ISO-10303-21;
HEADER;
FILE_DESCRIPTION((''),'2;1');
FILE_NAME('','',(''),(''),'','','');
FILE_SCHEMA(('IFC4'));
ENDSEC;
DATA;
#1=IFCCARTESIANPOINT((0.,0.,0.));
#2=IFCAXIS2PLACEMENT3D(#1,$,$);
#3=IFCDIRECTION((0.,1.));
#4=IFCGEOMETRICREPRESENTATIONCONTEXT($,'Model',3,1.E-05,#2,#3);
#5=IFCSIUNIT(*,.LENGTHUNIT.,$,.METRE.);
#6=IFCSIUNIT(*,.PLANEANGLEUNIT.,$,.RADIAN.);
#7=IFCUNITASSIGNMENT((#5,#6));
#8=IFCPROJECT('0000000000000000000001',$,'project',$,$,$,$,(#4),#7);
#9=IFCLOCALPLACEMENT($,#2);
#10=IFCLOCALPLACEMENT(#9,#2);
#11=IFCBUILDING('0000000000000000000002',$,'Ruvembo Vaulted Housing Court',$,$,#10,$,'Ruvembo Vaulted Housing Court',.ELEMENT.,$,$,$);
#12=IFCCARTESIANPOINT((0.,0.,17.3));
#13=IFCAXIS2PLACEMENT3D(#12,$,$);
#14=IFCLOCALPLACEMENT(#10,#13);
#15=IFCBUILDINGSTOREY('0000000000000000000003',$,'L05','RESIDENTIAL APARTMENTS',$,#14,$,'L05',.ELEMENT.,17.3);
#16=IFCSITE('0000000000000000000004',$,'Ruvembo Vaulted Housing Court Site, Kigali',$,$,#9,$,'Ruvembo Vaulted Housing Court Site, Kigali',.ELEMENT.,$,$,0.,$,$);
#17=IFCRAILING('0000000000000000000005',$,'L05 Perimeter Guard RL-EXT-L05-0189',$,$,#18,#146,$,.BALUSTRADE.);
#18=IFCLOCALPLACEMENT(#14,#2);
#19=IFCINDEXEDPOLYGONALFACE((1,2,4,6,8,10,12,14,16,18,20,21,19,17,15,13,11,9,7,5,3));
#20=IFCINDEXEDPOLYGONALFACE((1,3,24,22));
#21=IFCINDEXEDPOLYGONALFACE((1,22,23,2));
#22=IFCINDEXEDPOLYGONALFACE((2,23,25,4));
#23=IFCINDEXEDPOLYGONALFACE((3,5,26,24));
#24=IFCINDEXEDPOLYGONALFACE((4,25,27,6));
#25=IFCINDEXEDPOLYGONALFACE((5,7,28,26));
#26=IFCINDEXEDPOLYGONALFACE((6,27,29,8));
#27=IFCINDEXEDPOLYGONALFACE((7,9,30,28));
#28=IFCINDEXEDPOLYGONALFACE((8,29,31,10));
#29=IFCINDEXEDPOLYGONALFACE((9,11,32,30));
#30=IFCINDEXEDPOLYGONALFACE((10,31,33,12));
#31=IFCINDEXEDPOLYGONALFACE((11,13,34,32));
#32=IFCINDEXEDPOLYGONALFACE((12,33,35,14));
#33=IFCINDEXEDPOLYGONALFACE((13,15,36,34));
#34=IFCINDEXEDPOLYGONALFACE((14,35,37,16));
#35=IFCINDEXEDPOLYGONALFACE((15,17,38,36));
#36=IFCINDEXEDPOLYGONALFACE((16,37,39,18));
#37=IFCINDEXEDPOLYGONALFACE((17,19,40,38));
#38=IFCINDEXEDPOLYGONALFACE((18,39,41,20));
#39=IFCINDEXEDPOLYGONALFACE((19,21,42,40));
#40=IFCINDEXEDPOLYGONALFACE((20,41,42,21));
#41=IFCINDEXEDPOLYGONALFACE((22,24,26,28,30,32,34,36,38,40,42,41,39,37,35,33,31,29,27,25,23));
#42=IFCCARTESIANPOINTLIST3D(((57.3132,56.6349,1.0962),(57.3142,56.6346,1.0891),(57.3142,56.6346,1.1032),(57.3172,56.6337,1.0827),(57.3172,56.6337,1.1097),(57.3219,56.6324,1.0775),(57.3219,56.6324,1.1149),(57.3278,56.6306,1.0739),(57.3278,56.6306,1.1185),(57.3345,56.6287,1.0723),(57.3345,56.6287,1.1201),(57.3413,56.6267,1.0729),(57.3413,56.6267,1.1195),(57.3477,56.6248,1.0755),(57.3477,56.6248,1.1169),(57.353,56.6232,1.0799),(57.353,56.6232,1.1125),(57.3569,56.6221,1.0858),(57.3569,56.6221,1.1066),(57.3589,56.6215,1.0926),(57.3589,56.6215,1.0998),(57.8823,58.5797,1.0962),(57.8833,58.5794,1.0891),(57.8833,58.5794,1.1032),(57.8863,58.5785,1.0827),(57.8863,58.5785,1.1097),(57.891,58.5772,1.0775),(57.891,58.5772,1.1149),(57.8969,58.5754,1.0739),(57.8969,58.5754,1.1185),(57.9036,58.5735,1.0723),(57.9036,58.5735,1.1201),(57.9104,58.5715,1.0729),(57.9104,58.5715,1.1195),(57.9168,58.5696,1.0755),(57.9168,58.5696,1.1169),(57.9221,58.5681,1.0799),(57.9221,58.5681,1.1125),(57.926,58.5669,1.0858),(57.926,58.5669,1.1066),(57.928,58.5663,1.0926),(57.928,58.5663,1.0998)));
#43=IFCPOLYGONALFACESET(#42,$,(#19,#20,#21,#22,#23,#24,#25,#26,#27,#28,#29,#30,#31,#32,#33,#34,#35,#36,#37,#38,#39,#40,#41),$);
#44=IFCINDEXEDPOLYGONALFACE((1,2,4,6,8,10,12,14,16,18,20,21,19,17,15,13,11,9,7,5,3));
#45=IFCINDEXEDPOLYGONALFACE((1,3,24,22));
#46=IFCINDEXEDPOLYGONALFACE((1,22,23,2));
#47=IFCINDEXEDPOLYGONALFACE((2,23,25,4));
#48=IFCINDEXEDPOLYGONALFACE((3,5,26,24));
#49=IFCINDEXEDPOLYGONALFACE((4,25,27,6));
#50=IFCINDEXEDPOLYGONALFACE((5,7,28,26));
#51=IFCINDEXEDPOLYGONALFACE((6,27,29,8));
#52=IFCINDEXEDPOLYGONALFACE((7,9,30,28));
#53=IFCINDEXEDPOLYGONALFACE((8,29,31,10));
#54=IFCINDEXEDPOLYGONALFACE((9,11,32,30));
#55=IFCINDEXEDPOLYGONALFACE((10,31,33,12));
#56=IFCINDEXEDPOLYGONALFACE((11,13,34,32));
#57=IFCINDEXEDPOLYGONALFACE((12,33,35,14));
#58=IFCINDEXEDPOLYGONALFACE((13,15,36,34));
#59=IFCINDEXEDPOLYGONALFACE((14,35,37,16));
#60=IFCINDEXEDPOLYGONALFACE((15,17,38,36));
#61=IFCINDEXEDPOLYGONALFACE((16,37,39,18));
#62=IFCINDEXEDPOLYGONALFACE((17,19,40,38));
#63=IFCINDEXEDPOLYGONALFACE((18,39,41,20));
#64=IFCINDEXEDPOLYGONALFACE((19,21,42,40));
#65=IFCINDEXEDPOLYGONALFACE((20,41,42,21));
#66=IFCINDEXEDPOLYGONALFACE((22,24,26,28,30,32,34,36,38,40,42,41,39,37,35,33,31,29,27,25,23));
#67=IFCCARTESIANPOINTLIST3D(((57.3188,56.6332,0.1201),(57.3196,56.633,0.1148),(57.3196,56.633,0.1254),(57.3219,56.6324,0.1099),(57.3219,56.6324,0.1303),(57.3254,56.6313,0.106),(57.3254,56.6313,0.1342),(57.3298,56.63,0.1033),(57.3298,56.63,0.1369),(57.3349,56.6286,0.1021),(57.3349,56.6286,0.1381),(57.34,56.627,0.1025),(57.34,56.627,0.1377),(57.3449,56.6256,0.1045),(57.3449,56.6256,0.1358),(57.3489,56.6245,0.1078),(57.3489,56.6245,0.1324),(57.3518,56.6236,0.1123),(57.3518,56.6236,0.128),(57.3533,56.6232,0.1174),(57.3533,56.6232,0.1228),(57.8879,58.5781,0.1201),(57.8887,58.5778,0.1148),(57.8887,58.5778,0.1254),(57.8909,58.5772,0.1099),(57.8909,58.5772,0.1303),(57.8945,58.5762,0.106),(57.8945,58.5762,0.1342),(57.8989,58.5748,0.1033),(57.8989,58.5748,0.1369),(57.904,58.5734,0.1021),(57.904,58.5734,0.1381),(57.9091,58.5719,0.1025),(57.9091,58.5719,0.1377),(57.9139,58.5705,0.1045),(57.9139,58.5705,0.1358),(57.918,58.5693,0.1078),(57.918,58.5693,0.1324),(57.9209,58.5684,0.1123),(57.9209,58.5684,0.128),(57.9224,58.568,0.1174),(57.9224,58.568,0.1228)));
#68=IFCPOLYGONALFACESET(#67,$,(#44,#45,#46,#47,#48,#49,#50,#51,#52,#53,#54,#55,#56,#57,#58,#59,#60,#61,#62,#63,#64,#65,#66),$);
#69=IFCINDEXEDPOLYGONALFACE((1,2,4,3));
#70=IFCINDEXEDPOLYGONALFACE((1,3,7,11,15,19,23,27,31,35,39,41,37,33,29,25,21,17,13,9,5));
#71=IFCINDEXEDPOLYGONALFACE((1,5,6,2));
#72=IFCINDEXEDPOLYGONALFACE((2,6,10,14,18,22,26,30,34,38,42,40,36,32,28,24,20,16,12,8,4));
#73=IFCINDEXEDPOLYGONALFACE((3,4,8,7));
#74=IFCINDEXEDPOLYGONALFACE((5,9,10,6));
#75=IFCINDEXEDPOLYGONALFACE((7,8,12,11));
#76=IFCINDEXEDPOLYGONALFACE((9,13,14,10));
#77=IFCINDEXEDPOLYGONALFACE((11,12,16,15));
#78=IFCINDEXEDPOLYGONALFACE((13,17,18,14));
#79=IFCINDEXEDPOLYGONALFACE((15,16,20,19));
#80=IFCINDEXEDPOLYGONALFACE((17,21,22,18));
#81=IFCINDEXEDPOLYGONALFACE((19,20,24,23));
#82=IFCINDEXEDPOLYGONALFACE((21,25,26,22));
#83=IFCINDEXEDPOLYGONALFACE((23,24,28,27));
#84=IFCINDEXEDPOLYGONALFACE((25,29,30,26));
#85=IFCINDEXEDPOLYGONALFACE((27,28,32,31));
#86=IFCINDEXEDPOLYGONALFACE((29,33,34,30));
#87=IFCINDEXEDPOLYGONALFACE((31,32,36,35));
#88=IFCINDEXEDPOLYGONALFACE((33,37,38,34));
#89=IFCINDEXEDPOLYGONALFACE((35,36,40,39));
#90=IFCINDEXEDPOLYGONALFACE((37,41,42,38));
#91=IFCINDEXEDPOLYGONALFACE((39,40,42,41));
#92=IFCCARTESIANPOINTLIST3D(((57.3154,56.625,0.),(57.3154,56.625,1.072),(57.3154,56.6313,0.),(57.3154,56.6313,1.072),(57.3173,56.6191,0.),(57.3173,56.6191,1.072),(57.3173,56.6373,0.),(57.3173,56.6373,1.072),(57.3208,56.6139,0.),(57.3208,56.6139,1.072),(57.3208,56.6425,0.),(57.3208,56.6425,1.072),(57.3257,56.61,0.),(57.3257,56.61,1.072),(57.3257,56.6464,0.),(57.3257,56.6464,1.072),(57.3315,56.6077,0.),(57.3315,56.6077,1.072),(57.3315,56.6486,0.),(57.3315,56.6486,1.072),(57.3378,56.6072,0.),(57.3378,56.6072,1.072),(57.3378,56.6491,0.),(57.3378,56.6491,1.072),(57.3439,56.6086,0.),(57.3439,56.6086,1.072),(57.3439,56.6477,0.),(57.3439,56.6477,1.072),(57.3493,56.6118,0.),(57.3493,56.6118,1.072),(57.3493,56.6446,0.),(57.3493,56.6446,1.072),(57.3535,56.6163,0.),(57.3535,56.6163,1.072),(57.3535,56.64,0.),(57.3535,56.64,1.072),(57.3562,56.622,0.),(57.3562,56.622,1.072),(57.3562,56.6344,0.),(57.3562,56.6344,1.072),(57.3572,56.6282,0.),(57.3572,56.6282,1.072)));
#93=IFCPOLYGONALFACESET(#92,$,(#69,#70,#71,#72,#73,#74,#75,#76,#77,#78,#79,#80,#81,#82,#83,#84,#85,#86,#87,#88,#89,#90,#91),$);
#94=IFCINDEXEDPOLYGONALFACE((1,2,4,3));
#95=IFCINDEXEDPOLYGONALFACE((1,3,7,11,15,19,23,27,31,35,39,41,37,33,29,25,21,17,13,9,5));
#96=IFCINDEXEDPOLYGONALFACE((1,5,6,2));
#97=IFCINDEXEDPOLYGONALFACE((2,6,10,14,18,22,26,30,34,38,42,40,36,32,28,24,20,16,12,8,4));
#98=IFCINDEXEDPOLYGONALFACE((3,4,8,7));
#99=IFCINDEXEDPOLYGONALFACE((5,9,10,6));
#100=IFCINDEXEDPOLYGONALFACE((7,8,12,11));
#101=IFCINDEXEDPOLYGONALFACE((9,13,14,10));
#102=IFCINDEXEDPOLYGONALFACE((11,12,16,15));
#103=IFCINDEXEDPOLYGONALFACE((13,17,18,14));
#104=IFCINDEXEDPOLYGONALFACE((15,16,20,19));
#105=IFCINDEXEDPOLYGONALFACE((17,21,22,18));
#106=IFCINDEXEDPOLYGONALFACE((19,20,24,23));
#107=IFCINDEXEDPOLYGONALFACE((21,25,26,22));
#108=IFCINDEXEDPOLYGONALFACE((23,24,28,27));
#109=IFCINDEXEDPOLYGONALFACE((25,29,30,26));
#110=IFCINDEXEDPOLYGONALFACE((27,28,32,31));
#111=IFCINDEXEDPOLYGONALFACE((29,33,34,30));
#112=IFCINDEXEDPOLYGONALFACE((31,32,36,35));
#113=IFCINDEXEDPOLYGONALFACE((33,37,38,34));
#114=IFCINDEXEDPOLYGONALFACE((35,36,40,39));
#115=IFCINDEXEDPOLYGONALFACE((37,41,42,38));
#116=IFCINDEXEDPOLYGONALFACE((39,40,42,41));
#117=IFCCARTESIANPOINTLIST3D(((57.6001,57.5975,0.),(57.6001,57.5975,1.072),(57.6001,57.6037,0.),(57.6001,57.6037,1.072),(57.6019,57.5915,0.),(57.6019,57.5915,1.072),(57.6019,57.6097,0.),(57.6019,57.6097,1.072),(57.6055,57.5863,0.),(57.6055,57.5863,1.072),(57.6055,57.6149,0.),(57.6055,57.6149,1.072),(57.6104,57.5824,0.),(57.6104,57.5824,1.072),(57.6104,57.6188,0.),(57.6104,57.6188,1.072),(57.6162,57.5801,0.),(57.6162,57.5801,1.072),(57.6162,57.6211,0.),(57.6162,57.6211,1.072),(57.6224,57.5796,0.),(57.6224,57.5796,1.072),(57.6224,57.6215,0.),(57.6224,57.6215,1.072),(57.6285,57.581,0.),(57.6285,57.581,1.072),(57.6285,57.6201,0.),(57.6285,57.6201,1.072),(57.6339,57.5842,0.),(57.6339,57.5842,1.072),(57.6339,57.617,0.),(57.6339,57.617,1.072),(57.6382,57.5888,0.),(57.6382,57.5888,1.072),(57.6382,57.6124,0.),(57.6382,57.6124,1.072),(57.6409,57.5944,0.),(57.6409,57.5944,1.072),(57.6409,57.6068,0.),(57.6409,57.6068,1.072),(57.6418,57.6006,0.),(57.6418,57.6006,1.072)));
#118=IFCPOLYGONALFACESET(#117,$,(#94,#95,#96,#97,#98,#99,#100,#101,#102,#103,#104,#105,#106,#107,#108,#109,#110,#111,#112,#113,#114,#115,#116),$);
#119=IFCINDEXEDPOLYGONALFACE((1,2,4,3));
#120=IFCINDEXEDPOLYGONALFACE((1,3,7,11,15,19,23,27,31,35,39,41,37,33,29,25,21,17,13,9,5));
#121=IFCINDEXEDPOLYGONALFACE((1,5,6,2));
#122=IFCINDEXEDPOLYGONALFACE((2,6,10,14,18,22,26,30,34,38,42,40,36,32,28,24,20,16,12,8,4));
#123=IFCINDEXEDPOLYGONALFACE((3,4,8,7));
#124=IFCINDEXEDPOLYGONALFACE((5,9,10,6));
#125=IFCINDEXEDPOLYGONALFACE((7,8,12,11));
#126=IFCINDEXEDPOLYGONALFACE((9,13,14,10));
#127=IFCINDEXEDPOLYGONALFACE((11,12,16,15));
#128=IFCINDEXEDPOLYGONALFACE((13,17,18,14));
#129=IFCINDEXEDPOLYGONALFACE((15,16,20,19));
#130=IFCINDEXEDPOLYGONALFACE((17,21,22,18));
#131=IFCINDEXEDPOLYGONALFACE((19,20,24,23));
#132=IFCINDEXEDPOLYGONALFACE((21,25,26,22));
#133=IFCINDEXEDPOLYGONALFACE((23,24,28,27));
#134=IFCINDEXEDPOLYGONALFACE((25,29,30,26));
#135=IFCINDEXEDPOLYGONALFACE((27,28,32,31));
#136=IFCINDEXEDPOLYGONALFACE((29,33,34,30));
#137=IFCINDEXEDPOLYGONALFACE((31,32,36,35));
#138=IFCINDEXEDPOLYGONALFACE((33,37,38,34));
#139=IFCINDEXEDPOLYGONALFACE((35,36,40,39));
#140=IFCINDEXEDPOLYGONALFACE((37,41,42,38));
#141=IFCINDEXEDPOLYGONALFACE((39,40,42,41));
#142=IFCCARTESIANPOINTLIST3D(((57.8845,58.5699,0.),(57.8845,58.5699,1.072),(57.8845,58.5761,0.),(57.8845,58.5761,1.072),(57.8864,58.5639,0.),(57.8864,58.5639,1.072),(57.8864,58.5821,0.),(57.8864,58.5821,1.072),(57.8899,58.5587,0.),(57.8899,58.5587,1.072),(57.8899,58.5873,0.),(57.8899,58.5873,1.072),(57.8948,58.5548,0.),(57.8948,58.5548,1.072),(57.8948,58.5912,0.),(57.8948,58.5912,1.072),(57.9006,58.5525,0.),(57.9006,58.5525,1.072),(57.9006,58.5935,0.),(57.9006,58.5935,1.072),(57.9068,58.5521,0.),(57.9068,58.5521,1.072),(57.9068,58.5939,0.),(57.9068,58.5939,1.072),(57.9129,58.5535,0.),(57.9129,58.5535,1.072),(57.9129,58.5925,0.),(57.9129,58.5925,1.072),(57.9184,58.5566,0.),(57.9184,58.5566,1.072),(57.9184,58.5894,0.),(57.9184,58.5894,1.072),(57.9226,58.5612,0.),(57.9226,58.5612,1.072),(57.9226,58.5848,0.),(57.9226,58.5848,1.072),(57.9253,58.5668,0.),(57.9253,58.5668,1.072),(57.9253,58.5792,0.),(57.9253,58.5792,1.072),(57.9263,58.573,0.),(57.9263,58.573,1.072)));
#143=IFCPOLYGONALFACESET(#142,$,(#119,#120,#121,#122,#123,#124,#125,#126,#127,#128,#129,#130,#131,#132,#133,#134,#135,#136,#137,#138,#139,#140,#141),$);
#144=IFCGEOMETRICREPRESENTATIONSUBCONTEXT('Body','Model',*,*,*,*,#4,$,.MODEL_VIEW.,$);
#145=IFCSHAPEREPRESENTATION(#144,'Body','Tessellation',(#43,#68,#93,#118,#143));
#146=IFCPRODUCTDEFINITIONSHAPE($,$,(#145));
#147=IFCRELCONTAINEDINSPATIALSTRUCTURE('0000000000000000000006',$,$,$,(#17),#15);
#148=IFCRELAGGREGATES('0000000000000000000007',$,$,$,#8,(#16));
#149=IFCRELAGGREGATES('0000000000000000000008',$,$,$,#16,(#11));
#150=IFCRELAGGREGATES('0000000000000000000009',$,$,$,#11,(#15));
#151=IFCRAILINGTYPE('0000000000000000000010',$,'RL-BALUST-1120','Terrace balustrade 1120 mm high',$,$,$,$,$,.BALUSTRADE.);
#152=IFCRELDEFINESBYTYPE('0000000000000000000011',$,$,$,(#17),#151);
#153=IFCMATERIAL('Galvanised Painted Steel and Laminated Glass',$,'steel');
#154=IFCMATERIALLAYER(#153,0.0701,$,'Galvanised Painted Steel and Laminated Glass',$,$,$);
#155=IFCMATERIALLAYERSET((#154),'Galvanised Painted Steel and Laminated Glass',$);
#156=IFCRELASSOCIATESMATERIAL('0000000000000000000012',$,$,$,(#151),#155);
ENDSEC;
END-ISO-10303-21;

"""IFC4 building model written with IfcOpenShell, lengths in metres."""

from ifc_helpers import new_model, si_unit, direction, frame, origin, origin_2d, place, context, subcontext, project, spatial, circle, extrude, material, layer, layer_set, type_object, element, save


model = new_model("IFC4")

# Units and contexts
model_context = context("Model", 3, precision=1e-05, world=origin(), true_north=direction((0.0, 1.0)))
body_context = subcontext(model_context, "Body", "Model", "MODEL_VIEW")
ifc_project = project(units=[si_unit("LENGTHUNIT", "METRE"), si_unit("PLANEANGLEUNIT", "RADIAN")], contexts=[model_context])

# Site, building, storey
site_placement = place(None, origin())
site = spatial("IfcSite", under=ifc_project, at=site_placement, Name="Ruvembo Vaulted Housing Court Site, Kigali", LongName="Ruvembo Vaulted Housing Court Site, Kigali", CompositionType="ELEMENT", RefElevation=0.0)
building_placement = place(site_placement, origin())
building = spatial("IfcBuilding", under=site, at=building_placement, Name="Ruvembo Vaulted Housing Court", LongName="Ruvembo Vaulted Housing Court", CompositionType="ELEMENT")
storey_placement = place(building_placement, frame((0.0, 0.0, 17.3)))
storey = spatial("IfcBuildingStorey", under=building, at=storey_placement, Name="L05", Description="RESIDENTIAL APARTMENTS", LongName="L05", CompositionType="ELEMENT", Elevation=17.3)

# Railing
ifc_material_1 = material(Name="Galvanised Painted Steel and Laminated Glass", Category="steel")
ifc_layer_1 = layer(ifc_material_1, 0.0701, Name="Galvanised Painted Steel and Laminated Glass")
ifc_layer_set_1 = layer_set([ifc_layer_1], Name="Galvanised Painted Steel and Laminated Glass")
railing_type = type_object("IfcRailingType", Name="RL-BALUST-1120", Description="Terrace balustrade 1120 mm high", PredefinedType="BALUSTRADE", material=ifc_layer_set_1)
railing_1_placement = place(storey_placement, frame((57.3362, 56.6282, 0.0)))
element("IfcRailing", 1, at=railing_1_placement, inside=storey, type_object=railing_type, Name="L05 Perimeter Guard RL-EXT-L05-0189", PredefinedType="BALUSTRADE", context=body_context, shape_type="SweptSolid", body=[
    extrude(circle(Radius=0.0239, at=origin_2d()), frame((0.0, 0.0, 1.0962), z_axis=(0.280842, 0.959754, 0.0), x_axis=(-0.959754, 0.280842, 0.0)), (0.0, 0.0, 1.0), 2.0264),
    extrude(circle(Radius=0.0181, at=origin_2d()), frame((0.0, 0.0, 0.1201), z_axis=(0.280842, 0.959754, 0.0), x_axis=(-0.959754, 0.280842, 0.0)), (0.0, 0.0, 1.0), 2.0264),
    extrude(circle(Radius=0.021, at=origin_2d()), origin(), (0.0, 0.0, 1.0), 1.072),
    extrude(circle(Radius=0.021, at=origin_2d()), frame((0.2847, 0.9724, 0.0)), (0.0, 0.0, 1.0), 1.072),
    extrude(circle(Radius=0.021, at=origin_2d()), frame((0.5691, 1.9448, 0.0)), (0.0, 0.0, 1.0), 1.072),
])

save(model, "model.ifc")
